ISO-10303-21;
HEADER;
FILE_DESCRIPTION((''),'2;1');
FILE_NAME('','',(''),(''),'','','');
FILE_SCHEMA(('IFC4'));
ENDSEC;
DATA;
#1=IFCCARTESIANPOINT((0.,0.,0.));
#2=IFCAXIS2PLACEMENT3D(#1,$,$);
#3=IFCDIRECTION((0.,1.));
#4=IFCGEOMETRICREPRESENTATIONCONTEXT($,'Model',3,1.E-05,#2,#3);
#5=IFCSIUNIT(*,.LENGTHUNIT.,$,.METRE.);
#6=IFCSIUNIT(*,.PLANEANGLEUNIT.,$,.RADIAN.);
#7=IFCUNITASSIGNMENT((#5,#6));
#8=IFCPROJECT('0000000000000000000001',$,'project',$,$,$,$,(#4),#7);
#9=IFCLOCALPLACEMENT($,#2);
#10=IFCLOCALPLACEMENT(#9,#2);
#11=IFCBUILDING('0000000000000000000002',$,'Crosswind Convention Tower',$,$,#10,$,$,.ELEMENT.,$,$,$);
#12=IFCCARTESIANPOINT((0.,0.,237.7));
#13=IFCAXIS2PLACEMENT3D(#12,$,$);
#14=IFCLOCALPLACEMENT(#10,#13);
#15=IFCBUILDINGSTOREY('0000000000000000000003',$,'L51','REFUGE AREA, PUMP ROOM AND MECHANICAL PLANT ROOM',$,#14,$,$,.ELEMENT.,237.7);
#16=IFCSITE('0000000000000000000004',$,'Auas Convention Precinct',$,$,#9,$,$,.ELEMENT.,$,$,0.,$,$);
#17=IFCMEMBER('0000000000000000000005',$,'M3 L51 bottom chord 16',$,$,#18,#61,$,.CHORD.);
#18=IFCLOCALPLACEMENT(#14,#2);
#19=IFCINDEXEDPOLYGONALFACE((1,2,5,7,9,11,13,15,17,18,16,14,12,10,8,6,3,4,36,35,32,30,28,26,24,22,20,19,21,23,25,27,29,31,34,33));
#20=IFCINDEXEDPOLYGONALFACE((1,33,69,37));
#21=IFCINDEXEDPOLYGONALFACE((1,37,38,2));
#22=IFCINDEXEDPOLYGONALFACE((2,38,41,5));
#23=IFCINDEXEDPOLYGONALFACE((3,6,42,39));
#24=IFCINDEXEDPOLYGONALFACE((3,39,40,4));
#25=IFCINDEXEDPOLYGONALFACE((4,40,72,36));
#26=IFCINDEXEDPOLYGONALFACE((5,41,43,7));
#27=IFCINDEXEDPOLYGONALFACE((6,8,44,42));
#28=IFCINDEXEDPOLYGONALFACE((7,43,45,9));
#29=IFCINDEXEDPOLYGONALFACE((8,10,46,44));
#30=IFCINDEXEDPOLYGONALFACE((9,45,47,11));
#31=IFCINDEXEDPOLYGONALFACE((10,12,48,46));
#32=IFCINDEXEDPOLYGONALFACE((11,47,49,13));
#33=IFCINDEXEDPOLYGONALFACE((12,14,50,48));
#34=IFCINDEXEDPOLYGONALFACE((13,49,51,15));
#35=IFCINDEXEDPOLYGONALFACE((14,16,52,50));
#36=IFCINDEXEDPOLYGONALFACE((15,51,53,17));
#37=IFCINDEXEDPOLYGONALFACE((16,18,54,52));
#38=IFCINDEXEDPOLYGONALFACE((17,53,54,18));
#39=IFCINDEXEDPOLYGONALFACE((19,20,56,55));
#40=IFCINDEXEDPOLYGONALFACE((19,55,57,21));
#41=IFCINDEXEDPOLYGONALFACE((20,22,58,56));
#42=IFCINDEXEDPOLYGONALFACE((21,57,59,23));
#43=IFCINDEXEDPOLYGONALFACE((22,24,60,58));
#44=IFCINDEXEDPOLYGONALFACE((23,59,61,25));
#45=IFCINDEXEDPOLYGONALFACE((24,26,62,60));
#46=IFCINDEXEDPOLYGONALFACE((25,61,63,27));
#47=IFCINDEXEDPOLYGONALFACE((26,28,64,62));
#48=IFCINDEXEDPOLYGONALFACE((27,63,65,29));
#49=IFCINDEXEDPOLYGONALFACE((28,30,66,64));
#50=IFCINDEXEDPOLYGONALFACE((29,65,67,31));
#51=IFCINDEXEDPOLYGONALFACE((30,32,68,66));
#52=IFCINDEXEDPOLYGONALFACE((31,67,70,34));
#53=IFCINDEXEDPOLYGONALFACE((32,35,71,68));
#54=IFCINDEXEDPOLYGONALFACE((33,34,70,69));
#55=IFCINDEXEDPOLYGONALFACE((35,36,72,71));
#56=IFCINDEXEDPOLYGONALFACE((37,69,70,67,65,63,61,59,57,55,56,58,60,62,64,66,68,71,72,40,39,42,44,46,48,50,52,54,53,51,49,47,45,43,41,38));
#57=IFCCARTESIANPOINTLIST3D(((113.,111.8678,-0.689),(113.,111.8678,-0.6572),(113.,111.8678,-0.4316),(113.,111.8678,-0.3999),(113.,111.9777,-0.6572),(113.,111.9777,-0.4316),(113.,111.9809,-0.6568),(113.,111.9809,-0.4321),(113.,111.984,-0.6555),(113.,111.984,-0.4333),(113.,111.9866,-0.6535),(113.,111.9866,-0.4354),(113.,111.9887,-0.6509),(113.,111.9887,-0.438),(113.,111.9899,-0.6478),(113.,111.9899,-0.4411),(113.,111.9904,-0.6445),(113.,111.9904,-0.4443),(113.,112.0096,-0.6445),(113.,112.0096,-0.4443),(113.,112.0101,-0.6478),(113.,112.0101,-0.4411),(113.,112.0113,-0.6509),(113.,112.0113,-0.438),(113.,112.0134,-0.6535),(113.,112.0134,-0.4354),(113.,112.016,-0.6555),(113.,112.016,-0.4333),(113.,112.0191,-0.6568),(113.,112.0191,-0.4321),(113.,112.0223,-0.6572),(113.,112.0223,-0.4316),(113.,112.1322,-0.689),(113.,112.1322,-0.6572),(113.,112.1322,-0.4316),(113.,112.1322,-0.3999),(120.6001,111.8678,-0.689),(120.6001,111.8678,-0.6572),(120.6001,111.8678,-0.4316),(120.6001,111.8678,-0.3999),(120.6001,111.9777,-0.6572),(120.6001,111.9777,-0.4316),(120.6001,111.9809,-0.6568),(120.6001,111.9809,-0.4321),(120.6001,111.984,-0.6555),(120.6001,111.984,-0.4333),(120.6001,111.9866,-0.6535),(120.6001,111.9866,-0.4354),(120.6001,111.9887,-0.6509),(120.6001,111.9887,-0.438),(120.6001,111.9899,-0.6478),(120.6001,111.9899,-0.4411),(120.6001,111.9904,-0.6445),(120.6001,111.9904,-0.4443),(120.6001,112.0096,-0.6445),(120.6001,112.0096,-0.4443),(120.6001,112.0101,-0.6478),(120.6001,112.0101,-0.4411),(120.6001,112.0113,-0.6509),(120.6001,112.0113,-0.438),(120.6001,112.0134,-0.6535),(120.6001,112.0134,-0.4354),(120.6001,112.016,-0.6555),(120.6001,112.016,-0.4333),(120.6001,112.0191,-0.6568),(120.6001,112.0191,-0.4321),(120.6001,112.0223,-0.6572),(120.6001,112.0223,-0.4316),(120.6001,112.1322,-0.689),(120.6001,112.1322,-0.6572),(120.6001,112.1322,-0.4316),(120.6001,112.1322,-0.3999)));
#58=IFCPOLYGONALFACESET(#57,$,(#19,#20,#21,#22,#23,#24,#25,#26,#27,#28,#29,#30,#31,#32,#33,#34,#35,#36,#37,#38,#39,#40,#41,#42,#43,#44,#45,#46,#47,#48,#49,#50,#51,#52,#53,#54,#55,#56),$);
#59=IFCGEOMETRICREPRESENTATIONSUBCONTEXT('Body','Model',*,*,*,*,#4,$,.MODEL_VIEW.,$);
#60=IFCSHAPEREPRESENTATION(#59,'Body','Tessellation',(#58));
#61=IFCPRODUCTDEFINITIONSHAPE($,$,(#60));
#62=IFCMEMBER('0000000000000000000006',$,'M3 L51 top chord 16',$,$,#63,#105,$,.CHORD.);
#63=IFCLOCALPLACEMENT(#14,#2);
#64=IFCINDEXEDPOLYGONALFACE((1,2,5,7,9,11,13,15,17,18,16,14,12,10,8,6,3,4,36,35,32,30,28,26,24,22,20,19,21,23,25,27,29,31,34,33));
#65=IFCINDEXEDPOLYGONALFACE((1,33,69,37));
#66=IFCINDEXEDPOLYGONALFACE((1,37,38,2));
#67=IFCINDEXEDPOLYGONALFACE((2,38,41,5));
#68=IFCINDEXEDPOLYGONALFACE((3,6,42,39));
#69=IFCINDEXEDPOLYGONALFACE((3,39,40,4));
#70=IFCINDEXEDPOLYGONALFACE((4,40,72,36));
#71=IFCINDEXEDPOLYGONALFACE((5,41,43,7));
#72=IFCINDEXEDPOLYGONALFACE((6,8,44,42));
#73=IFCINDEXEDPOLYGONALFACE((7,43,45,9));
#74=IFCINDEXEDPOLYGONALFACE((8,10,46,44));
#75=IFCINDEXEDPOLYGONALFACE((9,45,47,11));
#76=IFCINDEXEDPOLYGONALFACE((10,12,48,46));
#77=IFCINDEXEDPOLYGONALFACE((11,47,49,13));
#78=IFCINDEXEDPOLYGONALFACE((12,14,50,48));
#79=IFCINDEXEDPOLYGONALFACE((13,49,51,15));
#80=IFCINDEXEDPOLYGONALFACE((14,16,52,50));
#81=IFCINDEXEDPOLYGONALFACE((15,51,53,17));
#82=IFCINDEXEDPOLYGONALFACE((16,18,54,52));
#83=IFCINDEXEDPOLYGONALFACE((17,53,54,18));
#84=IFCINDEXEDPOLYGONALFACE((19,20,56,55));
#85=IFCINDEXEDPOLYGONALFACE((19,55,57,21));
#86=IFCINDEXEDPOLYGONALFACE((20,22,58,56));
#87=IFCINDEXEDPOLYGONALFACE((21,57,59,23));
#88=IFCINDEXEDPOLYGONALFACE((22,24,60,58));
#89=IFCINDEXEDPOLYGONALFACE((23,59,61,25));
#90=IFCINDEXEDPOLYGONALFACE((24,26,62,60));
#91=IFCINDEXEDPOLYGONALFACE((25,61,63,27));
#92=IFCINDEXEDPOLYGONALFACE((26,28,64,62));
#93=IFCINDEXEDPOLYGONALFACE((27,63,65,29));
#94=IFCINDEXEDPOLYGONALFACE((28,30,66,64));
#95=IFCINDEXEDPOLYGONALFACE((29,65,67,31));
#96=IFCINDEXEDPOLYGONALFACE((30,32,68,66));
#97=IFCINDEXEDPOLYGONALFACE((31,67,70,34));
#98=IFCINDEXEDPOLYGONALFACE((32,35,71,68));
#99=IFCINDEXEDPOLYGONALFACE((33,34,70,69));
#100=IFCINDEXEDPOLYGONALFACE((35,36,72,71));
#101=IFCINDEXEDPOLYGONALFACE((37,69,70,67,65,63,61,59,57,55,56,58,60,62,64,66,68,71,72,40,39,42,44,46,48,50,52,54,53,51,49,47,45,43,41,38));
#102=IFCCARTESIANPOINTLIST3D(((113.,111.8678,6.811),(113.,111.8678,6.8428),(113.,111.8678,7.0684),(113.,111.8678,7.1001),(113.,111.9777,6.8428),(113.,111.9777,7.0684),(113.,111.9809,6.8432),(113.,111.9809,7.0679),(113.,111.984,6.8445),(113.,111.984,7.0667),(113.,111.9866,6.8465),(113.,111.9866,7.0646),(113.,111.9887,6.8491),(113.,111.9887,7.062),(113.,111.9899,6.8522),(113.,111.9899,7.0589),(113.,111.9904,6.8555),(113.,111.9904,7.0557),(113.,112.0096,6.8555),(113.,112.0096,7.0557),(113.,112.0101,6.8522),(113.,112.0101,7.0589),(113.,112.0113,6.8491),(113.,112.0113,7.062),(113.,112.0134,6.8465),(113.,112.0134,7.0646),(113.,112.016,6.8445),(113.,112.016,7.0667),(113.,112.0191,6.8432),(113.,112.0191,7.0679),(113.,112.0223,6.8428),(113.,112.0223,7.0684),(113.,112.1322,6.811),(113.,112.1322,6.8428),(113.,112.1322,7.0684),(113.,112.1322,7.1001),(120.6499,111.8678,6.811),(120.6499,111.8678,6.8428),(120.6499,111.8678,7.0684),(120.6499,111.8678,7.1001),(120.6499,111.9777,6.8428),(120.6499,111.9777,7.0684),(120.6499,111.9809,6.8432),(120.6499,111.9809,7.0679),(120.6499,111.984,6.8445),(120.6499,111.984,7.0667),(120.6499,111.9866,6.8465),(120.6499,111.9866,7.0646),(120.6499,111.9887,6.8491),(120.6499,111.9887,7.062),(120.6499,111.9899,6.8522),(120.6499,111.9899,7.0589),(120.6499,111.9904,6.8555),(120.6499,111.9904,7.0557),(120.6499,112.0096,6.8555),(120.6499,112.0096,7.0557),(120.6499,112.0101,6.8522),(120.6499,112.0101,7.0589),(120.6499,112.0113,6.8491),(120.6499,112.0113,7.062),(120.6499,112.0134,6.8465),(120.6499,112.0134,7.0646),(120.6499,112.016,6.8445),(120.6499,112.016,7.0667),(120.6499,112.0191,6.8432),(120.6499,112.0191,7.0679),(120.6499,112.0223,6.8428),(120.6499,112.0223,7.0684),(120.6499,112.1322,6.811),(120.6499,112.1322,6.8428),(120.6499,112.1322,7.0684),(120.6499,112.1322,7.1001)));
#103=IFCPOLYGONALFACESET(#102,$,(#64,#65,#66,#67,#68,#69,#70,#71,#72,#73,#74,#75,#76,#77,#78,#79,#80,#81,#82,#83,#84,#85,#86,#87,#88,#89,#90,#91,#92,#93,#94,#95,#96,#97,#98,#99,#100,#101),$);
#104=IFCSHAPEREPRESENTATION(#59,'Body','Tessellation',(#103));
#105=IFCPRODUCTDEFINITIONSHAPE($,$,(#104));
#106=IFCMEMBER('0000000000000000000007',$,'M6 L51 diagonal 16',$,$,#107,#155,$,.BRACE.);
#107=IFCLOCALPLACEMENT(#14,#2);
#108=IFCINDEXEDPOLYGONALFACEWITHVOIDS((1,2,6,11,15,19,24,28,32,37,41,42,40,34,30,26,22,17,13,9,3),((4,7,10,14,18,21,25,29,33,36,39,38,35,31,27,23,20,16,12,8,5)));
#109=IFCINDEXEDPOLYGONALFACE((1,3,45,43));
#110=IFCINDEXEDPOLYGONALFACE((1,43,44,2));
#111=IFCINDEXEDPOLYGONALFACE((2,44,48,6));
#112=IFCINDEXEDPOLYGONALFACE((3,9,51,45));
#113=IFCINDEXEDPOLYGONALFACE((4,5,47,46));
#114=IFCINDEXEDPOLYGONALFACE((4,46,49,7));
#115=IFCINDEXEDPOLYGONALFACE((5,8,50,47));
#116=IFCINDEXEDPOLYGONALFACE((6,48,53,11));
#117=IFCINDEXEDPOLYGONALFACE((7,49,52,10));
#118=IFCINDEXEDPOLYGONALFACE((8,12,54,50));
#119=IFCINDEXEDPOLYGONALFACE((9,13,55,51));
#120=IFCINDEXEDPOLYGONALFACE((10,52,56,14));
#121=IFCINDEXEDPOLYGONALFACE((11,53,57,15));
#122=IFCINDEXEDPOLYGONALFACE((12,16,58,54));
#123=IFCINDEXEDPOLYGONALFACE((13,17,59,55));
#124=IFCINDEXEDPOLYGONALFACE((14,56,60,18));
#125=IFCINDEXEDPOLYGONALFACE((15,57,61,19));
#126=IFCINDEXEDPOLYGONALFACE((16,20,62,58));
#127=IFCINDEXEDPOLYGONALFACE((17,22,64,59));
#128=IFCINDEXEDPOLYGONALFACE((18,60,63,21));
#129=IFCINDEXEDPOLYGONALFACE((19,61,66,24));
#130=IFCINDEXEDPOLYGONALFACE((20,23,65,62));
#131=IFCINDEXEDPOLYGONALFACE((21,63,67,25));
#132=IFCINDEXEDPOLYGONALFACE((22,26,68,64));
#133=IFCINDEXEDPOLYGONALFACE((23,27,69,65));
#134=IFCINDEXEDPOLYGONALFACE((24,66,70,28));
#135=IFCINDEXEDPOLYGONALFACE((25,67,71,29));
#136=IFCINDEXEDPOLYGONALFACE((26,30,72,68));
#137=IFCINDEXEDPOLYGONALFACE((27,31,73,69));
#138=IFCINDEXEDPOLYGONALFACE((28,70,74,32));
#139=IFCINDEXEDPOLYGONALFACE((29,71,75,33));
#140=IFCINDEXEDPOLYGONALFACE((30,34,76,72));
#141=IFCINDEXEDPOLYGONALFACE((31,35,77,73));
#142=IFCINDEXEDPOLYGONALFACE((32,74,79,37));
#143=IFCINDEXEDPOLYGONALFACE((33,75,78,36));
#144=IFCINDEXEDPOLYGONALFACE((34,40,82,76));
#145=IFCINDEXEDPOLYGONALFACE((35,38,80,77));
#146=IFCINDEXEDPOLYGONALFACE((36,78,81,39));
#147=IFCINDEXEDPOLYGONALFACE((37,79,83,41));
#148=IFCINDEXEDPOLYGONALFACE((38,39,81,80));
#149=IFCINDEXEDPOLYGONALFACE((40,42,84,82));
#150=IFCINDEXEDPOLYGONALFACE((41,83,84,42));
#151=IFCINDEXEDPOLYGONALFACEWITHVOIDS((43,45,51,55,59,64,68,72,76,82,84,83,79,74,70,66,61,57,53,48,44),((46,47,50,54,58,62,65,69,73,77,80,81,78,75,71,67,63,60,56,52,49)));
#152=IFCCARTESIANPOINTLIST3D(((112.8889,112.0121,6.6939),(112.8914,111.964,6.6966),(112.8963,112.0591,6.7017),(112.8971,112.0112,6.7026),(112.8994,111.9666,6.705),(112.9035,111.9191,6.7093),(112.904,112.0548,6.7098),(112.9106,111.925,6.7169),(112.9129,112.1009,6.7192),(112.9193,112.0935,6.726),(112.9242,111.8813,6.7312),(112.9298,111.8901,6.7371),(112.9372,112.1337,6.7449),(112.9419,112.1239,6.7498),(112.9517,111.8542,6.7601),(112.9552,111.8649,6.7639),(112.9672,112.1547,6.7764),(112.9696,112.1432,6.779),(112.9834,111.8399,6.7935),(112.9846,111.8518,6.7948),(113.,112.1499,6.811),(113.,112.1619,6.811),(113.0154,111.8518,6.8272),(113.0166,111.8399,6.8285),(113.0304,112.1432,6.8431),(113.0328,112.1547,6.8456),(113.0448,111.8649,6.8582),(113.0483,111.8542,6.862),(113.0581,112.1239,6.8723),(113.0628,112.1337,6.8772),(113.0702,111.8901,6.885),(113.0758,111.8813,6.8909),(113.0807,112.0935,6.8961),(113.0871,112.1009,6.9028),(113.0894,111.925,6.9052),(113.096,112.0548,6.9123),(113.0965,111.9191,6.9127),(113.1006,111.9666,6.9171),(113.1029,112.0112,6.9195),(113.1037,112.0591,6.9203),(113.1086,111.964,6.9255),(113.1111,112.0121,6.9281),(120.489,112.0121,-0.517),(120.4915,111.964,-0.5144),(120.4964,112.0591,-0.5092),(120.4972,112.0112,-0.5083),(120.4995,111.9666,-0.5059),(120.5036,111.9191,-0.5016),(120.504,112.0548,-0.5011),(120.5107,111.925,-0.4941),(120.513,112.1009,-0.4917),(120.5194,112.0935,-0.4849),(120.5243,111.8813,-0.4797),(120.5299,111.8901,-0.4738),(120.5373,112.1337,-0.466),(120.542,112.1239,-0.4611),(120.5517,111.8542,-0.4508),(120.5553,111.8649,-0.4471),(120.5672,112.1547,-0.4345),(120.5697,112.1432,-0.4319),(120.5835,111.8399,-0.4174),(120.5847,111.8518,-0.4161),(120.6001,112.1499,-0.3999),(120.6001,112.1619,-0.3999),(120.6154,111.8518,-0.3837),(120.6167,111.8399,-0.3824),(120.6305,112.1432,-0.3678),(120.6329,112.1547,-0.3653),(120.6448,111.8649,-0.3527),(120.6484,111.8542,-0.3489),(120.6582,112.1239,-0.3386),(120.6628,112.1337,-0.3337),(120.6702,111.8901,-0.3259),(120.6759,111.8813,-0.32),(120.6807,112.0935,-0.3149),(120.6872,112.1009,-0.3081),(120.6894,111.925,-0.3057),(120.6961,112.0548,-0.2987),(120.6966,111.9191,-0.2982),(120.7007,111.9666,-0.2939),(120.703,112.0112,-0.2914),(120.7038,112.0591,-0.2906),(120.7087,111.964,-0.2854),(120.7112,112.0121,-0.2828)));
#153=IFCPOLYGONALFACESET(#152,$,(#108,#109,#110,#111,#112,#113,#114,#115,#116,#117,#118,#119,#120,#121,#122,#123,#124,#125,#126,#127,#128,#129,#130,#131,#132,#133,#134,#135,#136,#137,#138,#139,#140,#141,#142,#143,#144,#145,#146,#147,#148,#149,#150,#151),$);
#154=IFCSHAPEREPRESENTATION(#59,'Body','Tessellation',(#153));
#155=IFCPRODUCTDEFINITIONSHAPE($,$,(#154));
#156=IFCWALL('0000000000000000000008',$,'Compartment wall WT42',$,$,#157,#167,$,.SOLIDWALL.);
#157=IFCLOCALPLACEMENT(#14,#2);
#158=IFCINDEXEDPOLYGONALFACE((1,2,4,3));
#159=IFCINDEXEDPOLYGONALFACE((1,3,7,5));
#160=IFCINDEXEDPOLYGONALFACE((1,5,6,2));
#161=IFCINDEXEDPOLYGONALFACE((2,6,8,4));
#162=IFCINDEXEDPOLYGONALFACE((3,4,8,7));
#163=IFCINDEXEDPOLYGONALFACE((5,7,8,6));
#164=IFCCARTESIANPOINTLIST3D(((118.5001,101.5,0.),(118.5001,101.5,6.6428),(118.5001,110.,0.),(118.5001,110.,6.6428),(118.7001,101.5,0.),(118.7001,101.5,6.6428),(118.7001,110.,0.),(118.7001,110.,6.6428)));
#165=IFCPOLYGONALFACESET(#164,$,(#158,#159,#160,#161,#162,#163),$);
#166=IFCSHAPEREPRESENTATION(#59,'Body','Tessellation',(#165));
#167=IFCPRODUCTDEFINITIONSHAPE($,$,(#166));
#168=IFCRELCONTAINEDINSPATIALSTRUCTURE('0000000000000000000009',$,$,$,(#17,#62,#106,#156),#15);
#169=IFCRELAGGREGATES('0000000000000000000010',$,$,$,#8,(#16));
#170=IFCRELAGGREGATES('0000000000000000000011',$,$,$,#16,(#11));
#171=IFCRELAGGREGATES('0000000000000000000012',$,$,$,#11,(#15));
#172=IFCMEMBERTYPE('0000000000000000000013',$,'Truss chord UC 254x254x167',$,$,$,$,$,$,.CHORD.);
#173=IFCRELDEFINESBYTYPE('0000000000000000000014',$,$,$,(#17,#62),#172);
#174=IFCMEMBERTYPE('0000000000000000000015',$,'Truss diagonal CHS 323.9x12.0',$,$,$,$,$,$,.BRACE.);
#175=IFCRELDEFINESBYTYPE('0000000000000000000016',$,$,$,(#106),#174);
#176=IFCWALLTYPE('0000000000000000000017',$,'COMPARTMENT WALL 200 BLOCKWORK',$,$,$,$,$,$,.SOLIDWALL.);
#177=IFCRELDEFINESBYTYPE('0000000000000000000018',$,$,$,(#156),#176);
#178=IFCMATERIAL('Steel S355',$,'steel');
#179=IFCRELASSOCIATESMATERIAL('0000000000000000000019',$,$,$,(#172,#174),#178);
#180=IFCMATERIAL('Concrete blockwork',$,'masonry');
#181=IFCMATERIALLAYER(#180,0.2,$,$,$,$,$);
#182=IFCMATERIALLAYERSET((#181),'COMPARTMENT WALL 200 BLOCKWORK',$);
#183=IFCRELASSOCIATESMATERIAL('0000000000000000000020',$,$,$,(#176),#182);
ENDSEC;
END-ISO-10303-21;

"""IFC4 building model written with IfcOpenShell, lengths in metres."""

from ifc_helpers import new_model, si_unit, direction, frame, frame_2d, origin, origin_2d, place, context, subcontext, project, spatial, rectangle, hollow_circle, i_section, extrude, material, layer, layer_set, material_profile, profile_set, type_object, element, save


model = new_model("IFC4")

# Units and contexts
model_context = context("Model", 3, precision=1e-05, world=origin(), true_north=direction((0.0, 1.0)))
body_context = subcontext(model_context, "Body", "Model", "MODEL_VIEW")
ifc_project = project(units=[si_unit("LENGTHUNIT", "METRE"), si_unit("PLANEANGLEUNIT", "RADIAN")], contexts=[model_context])

# Site, building, storey
site_placement = place(None, origin())
site = spatial("IfcSite", under=ifc_project, at=site_placement, Name="Auas Convention Precinct", CompositionType="ELEMENT", RefElevation=0.0)
building_placement = place(site_placement, origin())
building = spatial("IfcBuilding", under=site, at=building_placement, Name="Crosswind Convention Tower", CompositionType="ELEMENT")
storey_placement = place(building_placement, frame((0.0, 0.0, 237.7)))
storey = spatial("IfcBuildingStorey", under=building, at=storey_placement, Name="L51", Description="REFUGE AREA, PUMP ROOM AND MECHANICAL PLANT ROOM", CompositionType="ELEMENT", Elevation=237.7)

# Shared definitions
ifc_material_1 = material(Name="Steel S355", Category="steel")

# Members
ifc_material_profile_1 = material_profile(ifc_material_1, i_section(OverallWidth=0.2644, OverallDepth=0.2891, WebThickness=0.0193, FlangeThickness=0.0317, FilletRadius=0.0127, at=origin_2d()), Name="UC 254x254x167")
ifc_profile_set_1 = profile_set([ifc_material_profile_1], Name="Steel S355")
member_type_1 = type_object("IfcMemberType", Name="Truss chord UC 254x254x167", PredefinedType="CHORD", material=ifc_profile_set_1)
member_1_placement = place(storey_placement, frame((113.0, 112.0, -0.5444), z_axis=(1.0, 0.0, 0.0), x_axis=(0.0, 1.0, 0.0)))
element("IfcMember", 1, at=member_1_placement, inside=storey, type_object=member_type_1, Name="M3 L51 bottom chord 16", PredefinedType="CHORD", context=body_context, shape_type="SweptSolid", body=[
    extrude(i_section(OverallWidth=0.2644, OverallDepth=0.2891, WebThickness=0.0193, FlangeThickness=0.0317, FilletRadius=0.0127, at=origin_2d()), origin(), (0.0, 0.0, 1.0), 7.6001),
])
member_2_placement = place(storey_placement, frame((113.0, 112.0, 6.9556), z_axis=(1.0, 0.0, 0.0), x_axis=(0.0, 1.0, 0.0)))
element("IfcMember", 2, at=member_2_placement, inside=storey, type_object=member_type_1, Name="M3 L51 top chord 16", PredefinedType="CHORD", context=body_context, shape_type="SweptSolid", body=[
    extrude(i_section(OverallWidth=0.2644, OverallDepth=0.2891, WebThickness=0.0193, FlangeThickness=0.0317, FilletRadius=0.0127, at=origin_2d()), origin(), (0.0, 0.0, 1.0), 7.6499),
])
ifc_material_profile_2 = material_profile(ifc_material_1, hollow_circle(Radius=0.1619, WallThickness=0.012, at=origin_2d()), Name="CHS 323.9x12.0")
ifc_profile_set_2 = profile_set([ifc_material_profile_2], Name="Steel S355")
member_type_2 = type_object("IfcMemberType", Name="Truss diagonal CHS 323.9x12.0", PredefinedType="BRACE", material=ifc_profile_set_2)
member_3_placement = place(storey_placement, frame((113.0, 112.0, 6.811), z_axis=(0.725436, 0.0, -0.68829), x_axis=(0.0, 1.0, 0.0)))
element("IfcMember", 3, at=member_3_placement, inside=storey, type_object=member_type_2, Name="M6 L51 diagonal 16", PredefinedType="BRACE", context=body_context, shape_type="SweptSolid", body=[
    extrude(hollow_circle(Radius=0.1619, WallThickness=0.012, at=origin_2d()), origin(), (0.0, 0.0, 1.0), 10.4766),
])

# Wall
ifc_material_2 = material(Name="Concrete blockwork", Category="masonry")
ifc_layer_1 = layer(ifc_material_2, 0.2)
ifc_layer_set_1 = layer_set([ifc_layer_1], Name="COMPARTMENT WALL 200 BLOCKWORK")
wall_type_1 = type_object("IfcWallType", Name="COMPARTMENT WALL 200 BLOCKWORK", PredefinedType="SOLIDWALL", material=ifc_layer_set_1)
wall_1_placement = place(storey_placement, frame((118.6001, 101.5, 0.0), z_axis=(0.0, 0.0, 1.0), x_axis=(0.0, 1.0, 0.0)))
element("IfcWall", 4, at=wall_1_placement, inside=storey, type_object=wall_type_1, Name="Compartment wall WT42", PredefinedType="SOLIDWALL", context=body_context, shape_type="SweptSolid", body=[
    extrude(rectangle(XDim=8.5, YDim=0.2, at=frame_2d((4.25, 0.0))), origin(), (0.0, 0.0, 1.0), 6.6428),
])

save(model, "model.ifc")
